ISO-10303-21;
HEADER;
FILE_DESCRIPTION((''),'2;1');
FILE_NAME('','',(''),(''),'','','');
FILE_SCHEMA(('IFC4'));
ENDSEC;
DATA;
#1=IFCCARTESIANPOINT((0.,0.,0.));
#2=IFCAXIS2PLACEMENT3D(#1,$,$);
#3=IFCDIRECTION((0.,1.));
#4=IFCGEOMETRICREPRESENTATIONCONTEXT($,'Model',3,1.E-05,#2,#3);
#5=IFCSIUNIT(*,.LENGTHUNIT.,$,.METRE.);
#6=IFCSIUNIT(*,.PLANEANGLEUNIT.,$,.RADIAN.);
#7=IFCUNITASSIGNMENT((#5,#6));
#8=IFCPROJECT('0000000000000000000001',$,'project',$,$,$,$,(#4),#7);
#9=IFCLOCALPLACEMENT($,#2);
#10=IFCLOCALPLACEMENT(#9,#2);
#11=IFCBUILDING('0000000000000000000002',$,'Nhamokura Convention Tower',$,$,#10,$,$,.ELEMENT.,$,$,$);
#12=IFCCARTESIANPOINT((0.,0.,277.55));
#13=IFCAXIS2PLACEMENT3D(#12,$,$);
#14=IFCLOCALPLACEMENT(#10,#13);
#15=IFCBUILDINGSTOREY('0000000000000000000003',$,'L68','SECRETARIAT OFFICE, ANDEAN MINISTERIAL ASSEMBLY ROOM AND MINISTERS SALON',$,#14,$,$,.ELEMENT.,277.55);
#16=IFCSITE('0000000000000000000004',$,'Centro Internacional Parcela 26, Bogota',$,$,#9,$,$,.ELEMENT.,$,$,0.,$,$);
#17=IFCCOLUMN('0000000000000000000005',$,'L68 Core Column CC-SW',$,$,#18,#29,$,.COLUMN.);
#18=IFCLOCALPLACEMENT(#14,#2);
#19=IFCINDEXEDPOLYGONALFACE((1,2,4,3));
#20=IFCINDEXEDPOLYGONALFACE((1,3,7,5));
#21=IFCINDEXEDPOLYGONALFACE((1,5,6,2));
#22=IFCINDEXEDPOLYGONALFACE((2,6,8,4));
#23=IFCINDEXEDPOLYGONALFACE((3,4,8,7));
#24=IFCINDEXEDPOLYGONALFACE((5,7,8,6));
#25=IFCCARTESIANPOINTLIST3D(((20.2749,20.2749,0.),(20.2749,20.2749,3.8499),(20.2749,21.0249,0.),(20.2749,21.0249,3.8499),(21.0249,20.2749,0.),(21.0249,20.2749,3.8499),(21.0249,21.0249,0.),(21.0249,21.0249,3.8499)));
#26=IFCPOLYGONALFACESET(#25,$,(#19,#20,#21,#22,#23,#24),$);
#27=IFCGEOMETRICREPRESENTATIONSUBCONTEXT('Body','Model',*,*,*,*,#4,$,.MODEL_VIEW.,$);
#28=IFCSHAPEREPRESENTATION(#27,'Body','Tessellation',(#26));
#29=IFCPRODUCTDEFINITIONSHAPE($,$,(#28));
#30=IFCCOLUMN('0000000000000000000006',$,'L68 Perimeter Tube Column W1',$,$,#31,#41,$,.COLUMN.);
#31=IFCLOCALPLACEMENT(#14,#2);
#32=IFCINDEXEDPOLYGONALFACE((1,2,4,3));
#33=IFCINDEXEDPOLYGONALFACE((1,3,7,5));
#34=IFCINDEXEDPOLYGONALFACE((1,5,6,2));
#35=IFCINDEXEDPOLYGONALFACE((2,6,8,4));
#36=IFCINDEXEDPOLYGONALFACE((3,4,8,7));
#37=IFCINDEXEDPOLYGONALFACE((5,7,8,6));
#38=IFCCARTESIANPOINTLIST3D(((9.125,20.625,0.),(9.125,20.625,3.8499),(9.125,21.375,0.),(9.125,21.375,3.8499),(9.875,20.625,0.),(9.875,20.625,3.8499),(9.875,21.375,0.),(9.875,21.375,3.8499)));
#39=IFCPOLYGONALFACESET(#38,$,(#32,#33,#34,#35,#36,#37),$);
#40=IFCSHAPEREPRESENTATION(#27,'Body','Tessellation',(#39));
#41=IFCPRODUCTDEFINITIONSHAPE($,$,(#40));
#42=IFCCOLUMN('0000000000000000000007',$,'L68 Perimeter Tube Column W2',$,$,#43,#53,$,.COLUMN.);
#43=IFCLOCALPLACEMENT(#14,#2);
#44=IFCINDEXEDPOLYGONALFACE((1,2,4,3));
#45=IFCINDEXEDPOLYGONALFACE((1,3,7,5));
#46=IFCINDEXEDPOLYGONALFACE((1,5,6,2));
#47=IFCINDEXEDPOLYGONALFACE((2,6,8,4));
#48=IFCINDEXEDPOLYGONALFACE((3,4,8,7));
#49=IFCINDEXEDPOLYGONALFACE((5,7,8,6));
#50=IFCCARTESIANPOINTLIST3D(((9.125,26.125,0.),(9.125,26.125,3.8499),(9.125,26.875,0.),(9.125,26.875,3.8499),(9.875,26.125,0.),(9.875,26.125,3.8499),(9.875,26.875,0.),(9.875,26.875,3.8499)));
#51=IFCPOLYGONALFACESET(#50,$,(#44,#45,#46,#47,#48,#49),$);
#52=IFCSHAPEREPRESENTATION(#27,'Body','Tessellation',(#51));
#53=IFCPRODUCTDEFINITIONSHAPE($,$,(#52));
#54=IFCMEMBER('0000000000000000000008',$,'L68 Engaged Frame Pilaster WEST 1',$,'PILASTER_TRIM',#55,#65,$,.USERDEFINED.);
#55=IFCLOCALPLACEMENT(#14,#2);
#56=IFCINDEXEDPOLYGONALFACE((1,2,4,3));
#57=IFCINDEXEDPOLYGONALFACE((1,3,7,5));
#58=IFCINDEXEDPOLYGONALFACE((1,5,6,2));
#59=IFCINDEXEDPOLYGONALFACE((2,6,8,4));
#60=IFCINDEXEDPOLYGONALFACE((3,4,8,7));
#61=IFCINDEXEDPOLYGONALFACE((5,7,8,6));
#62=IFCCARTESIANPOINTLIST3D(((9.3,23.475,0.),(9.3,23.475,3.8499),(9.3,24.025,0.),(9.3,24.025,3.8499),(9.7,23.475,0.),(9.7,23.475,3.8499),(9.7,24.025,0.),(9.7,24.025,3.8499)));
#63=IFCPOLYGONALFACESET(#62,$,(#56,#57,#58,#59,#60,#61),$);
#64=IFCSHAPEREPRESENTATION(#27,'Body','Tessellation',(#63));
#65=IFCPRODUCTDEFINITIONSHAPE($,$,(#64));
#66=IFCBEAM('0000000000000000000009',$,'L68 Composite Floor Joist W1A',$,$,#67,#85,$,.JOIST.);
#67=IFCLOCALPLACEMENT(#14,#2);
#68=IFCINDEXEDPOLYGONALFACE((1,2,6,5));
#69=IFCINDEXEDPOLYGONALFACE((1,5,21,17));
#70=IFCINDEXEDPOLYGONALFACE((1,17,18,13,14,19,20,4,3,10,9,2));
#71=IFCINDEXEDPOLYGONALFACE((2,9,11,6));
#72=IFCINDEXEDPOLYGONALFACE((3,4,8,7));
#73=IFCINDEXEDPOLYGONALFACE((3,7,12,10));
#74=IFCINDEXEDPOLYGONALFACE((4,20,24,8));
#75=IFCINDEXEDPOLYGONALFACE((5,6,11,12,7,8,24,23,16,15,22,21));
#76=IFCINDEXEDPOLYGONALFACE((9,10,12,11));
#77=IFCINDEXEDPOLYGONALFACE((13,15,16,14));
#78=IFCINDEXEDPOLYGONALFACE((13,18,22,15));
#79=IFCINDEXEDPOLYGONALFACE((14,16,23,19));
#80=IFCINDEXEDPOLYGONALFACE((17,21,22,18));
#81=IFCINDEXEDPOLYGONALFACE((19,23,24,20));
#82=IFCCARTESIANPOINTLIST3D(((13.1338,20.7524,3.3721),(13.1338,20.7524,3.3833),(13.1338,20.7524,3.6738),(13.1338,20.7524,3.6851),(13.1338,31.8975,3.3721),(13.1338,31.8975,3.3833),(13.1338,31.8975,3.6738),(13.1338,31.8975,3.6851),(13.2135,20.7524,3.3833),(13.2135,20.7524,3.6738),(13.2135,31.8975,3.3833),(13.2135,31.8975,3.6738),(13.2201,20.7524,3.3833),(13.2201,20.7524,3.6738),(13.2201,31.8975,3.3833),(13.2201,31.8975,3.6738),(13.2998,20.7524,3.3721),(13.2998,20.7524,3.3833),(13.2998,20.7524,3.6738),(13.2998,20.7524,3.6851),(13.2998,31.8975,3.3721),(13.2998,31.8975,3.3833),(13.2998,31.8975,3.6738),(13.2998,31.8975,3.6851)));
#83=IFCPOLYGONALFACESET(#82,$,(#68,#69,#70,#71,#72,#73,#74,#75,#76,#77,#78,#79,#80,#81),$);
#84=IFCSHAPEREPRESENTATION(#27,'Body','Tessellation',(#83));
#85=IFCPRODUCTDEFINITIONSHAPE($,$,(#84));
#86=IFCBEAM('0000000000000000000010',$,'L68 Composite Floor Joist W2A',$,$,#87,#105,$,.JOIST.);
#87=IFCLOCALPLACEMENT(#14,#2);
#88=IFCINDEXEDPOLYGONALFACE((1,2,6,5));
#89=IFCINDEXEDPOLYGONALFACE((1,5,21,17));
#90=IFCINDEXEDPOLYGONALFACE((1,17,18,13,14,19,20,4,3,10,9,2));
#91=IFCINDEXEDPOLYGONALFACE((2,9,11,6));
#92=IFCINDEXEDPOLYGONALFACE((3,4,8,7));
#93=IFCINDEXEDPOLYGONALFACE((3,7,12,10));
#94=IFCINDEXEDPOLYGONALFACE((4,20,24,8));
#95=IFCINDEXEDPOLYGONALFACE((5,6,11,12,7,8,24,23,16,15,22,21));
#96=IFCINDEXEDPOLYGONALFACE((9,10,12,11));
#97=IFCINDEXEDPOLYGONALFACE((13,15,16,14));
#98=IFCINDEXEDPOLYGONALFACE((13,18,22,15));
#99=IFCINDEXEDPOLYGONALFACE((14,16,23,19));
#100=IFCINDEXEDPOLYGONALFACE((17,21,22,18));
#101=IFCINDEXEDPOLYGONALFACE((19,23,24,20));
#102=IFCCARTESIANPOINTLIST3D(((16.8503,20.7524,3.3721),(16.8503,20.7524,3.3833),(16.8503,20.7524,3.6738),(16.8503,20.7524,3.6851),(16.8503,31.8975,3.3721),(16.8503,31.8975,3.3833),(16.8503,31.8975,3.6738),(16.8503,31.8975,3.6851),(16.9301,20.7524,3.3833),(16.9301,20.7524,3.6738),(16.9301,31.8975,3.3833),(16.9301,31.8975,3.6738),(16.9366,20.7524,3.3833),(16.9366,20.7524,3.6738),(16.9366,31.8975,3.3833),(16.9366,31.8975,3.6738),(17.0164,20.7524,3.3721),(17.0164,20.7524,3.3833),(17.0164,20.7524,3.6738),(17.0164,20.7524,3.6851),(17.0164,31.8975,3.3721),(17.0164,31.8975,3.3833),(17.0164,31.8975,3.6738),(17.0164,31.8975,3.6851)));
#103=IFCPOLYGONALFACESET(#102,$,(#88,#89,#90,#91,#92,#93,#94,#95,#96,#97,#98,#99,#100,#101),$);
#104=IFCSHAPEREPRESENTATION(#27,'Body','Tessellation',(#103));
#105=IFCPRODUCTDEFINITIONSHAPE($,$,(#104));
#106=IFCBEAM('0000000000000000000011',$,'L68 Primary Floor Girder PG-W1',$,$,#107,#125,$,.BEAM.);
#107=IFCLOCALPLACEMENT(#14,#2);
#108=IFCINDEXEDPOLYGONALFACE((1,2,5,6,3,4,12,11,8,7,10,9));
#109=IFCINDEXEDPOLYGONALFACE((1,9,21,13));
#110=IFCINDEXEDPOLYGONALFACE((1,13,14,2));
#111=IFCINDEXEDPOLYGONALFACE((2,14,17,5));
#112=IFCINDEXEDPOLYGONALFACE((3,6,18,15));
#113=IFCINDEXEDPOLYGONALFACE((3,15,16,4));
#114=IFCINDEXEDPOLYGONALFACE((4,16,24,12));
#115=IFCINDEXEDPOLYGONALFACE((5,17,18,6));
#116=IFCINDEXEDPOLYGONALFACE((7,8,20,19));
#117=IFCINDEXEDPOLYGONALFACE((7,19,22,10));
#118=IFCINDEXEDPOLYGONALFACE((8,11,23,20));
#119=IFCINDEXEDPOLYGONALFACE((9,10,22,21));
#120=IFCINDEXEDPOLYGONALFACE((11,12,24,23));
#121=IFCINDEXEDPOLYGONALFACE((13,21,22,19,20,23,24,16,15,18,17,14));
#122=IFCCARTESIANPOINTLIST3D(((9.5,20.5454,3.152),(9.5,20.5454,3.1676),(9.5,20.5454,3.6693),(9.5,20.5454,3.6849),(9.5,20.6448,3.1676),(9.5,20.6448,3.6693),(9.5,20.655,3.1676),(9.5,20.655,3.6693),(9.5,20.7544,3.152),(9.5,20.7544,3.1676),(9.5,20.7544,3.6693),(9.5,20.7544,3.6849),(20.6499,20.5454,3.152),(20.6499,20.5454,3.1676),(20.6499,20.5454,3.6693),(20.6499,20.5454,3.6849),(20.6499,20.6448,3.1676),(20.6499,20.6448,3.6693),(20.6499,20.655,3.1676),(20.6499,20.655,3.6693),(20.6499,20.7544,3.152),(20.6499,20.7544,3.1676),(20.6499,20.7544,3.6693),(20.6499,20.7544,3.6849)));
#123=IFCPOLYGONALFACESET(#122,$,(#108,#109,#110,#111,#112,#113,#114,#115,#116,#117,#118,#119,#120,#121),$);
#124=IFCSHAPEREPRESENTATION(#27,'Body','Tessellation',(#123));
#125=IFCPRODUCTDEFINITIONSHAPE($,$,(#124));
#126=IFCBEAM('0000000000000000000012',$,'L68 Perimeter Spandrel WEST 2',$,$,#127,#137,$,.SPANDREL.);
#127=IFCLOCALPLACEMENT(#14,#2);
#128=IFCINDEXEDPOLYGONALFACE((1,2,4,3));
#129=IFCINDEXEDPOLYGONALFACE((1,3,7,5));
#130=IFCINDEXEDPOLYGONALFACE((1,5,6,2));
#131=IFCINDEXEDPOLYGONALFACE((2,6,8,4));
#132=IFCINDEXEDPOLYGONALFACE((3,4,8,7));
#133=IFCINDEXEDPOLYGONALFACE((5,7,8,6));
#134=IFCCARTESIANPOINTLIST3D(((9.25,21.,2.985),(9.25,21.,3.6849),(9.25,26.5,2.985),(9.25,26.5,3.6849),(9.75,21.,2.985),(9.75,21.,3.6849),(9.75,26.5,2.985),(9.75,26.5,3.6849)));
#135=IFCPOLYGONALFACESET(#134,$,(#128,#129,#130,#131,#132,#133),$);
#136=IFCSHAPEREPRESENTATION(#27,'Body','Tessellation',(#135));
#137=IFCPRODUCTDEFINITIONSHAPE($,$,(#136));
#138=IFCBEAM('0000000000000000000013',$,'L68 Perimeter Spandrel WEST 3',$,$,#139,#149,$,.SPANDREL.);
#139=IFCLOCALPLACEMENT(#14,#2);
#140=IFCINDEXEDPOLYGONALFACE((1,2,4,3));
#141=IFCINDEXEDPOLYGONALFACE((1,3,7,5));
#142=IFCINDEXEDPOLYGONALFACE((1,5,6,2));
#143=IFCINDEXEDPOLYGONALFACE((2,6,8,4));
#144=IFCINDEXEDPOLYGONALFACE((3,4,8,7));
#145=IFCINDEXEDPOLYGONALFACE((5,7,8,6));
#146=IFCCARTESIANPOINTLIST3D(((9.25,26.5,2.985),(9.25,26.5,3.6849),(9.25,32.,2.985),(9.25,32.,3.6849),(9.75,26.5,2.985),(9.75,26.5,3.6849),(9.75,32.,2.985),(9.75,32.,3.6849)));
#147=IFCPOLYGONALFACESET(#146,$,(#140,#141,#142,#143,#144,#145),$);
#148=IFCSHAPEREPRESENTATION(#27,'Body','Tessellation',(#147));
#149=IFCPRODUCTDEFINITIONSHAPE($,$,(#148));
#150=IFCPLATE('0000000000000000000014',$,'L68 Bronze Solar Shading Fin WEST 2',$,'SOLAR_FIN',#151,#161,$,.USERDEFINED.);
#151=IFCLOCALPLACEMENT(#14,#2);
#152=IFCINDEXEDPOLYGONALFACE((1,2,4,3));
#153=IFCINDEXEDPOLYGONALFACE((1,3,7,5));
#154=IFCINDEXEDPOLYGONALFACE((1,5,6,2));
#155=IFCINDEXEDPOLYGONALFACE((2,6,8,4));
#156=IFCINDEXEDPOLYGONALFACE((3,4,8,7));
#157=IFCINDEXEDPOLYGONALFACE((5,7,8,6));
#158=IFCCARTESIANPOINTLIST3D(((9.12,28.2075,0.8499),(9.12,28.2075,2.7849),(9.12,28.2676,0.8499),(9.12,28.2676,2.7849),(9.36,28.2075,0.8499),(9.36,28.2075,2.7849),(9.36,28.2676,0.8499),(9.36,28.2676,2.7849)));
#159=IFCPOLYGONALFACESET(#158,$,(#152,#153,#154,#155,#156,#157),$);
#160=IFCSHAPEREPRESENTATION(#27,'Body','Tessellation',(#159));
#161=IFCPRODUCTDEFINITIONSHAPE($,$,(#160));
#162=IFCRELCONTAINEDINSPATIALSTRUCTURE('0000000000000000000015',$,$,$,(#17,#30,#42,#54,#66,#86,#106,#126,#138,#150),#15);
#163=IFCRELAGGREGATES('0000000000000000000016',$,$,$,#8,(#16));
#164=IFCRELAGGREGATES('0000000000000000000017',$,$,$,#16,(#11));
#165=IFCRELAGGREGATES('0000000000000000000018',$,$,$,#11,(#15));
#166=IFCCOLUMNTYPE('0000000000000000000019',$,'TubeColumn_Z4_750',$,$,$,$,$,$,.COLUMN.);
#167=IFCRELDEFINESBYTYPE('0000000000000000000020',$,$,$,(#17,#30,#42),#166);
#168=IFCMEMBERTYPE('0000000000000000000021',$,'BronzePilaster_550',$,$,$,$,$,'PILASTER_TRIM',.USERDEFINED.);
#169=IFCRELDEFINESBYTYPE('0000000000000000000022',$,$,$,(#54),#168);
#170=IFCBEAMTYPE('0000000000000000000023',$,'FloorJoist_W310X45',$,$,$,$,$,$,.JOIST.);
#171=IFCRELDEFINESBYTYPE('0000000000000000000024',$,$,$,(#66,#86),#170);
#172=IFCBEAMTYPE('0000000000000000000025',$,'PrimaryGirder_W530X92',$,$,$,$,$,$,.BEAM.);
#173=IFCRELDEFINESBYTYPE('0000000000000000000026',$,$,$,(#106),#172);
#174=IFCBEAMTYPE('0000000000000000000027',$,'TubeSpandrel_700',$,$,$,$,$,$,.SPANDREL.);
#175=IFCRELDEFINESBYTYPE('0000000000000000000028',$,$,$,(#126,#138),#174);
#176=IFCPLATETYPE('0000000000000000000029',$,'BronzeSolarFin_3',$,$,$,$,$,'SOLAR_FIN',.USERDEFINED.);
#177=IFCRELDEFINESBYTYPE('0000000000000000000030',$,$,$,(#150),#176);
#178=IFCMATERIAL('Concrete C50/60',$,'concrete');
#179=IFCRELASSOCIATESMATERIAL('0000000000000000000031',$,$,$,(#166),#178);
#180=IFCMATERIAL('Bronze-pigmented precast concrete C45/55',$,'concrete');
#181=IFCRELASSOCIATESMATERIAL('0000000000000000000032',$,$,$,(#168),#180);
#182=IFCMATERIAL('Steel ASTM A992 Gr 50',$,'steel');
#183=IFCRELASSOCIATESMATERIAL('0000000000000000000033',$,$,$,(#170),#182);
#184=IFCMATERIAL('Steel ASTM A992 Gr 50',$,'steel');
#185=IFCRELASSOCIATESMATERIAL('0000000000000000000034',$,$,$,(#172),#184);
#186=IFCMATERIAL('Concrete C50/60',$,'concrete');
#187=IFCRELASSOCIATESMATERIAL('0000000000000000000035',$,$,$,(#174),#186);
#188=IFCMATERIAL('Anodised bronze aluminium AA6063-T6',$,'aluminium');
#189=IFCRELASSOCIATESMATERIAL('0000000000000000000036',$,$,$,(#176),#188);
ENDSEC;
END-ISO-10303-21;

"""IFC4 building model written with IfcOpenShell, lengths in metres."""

from ifc_helpers import new_model, si_unit, direction, frame, origin, origin_2d, place, context, subcontext, project, spatial, rectangle, i_section, extrude, material, material_profile, profile_set, type_object, element, save


model = new_model("IFC4")

# Units and contexts
model_context = context("Model", 3, precision=1e-05, world=origin(), true_north=direction((0.0, 1.0)))
body_context = subcontext(model_context, "Body", "Model", "MODEL_VIEW")
ifc_project = project(units=[si_unit("LENGTHUNIT", "METRE"), si_unit("PLANEANGLEUNIT", "RADIAN")], contexts=[model_context])

# Site, building, storey
site_placement = place(None, origin())
site = spatial("IfcSite", under=ifc_project, at=site_placement, Name="Centro Internacional Parcela 26, Bogota", CompositionType="ELEMENT", RefElevation=0.0)
building_placement = place(site_placement, origin())
building = spatial("IfcBuilding", under=site, at=building_placement, Name="Nhamokura Convention Tower", CompositionType="ELEMENT")
storey_placement = place(building_placement, frame((0.0, 0.0, 277.55)))
storey = spatial("IfcBuildingStorey", under=building, at=storey_placement, Name="L68", Description="SECRETARIAT OFFICE, ANDEAN MINISTERIAL ASSEMBLY ROOM AND MINISTERS SALON", CompositionType="ELEMENT", Elevation=277.55)

# Columns
ifc_material_1 = material(Name="Concrete C50/60", Category="concrete")
ifc_material_profile_1 = material_profile(ifc_material_1, rectangle(XDim=0.75, YDim=0.75, at=origin_2d()))
ifc_profile_set_1 = profile_set([ifc_material_profile_1], Name="Concrete C50/60")
column_type = type_object("IfcColumnType", Name="TubeColumn_Z4_750", PredefinedType="COLUMN", material=ifc_profile_set_1)
for number, where, z_axis, x_axis, name in (
    (1, (20.6499, 20.6499, 0.0), (0.0, 0.0, 1.0), (1.0, 0.0, 0.0), "L68 Core Column CC-SW"),
    (2, (9.5, 21.0, 0.0), (0.0, 0.0, 1.0), (1.0, 0.0, 0.0), "L68 Perimeter Tube Column W1"),
    (3, (9.5, 26.5, 0.0), (0.0, 0.0, 1.0), (1.0, 0.0, 0.0), "L68 Perimeter Tube Column W2"),
):
    element("IfcColumn", number, at=place(storey_placement, frame(where, z_axis=z_axis, x_axis=x_axis)), inside=storey, type_object=column_type, Name=name, PredefinedType="COLUMN", context=body_context, shape_type="SweptSolid", body=[
        extrude(rectangle(XDim=0.75, YDim=0.75, at=origin_2d()), origin(), (0.0, 0.0, 1.0), 3.8499),
    ])

# Member
ifc_material_2 = material(Name="Bronze-pigmented precast concrete C45/55", Category="concrete")
ifc_material_profile_2 = material_profile(ifc_material_2, rectangle(XDim=0.3999, YDim=0.55, at=origin_2d()))
ifc_profile_set_2 = profile_set([ifc_material_profile_2], Name="Bronze-pigmented precast concrete C45/55")
member_type = type_object("IfcMemberType", Name="BronzePilaster_550", ElementType="PILASTER_TRIM", PredefinedType="USERDEFINED", material=ifc_profile_set_2)
member_placement = place(storey_placement, frame((9.5, 23.75, 0.0), z_axis=(0.0, 0.0, 1.0), x_axis=(1.0, 0.0, 0.0)))
element("IfcMember", 4, at=member_placement, inside=storey, type_object=member_type, Name="L68 Engaged Frame Pilaster WEST 1", ObjectType="PILASTER_TRIM", PredefinedType="USERDEFINED", context=body_context, shape_type="SweptSolid", body=[
    extrude(rectangle(XDim=0.3999, YDim=0.55, at=origin_2d()), origin(), (0.0, 0.0, 1.0), 3.8499),
])

# Beams
ifc_material_3 = material(Name="Steel ASTM A992 Gr 50", Category="steel")
ifc_material_profile_3 = material_profile(ifc_material_3, i_section(OverallWidth=0.166, OverallDepth=0.313, WebThickness=0.0066, FlangeThickness=0.0112, at=origin_2d()))
ifc_profile_set_3 = profile_set([ifc_material_profile_3], Name="Steel ASTM A992 Gr 50")
beam_type_1 = type_object("IfcBeamType", Name="FloorJoist_W310X45", PredefinedType="JOIST", material=ifc_profile_set_3)
for number, where, z_axis, x_axis, name in (
    (5, (13.2168, 20.7524, 3.5286), (0.0, 1.0, 0.0), (-1.0, 0.0, 0.0), "L68 Composite Floor Joist W1A"),
    (6, (16.9333, 20.7524, 3.5286), (0.0, 1.0, 0.0), (-1.0, 0.0, 0.0), "L68 Composite Floor Joist W2A"),
):
    element("IfcBeam", number, at=place(storey_placement, frame(where, z_axis=z_axis, x_axis=x_axis)), inside=storey, type_object=beam_type_1, Name=name, PredefinedType="JOIST", context=body_context, shape_type="SweptSolid", body=[
        extrude(i_section(OverallWidth=0.166, OverallDepth=0.313, WebThickness=0.0066, FlangeThickness=0.0112, at=origin_2d()), origin(), (0.0, 0.0, 1.0), 11.145),
    ])
ifc_material_4 = material(Name="Steel ASTM A992 Gr 50", Category="steel")
ifc_material_profile_4 = material_profile(ifc_material_4, i_section(OverallWidth=0.209, OverallDepth=0.533, WebThickness=0.0103, FlangeThickness=0.0156, at=origin_2d()))
ifc_profile_set_4 = profile_set([ifc_material_profile_4], Name="Steel ASTM A992 Gr 50")
beam_type_2 = type_object("IfcBeamType", Name="PrimaryGirder_W530X92", PredefinedType="BEAM", material=ifc_profile_set_4)
beam_placement = place(storey_placement, frame((9.5, 20.6499, 3.4185), z_axis=(1.0, 0.0, 0.0), x_axis=(0.0, 1.0, 0.0)))
element("IfcBeam", 7, at=beam_placement, inside=storey, type_object=beam_type_2, Name="L68 Primary Floor Girder PG-W1", PredefinedType="BEAM", context=body_context, shape_type="SweptSolid", body=[
    extrude(i_section(OverallWidth=0.209, OverallDepth=0.533, WebThickness=0.0103, FlangeThickness=0.0156, at=origin_2d()), origin(), (0.0, 0.0, 1.0), 11.1499),
])
ifc_material_5 = material(Name="Concrete C50/60", Category="concrete")
ifc_material_profile_5 = material_profile(ifc_material_5, rectangle(XDim=0.5, YDim=0.7, at=origin_2d()))
ifc_profile_set_5 = profile_set([ifc_material_profile_5], Name="Concrete C50/60")
beam_type_3 = type_object("IfcBeamType", Name="TubeSpandrel_700", PredefinedType="SPANDREL", material=ifc_profile_set_5)
for number, where, z_axis, x_axis, name in (
    (8, (9.5, 21.0, 3.335), (0.0, 1.0, 0.0), (-1.0, 0.0, 0.0), "L68 Perimeter Spandrel WEST 2"),
    (9, (9.5, 26.5, 3.335), (0.0, 1.0, 0.0), (-1.0, 0.0, 0.0), "L68 Perimeter Spandrel WEST 3"),
):
    element("IfcBeam", number, at=place(storey_placement, frame(where, z_axis=z_axis, x_axis=x_axis)), inside=storey, type_object=beam_type_3, Name=name, PredefinedType="SPANDREL", context=body_context, shape_type="SweptSolid", body=[
        extrude(rectangle(XDim=0.5, YDim=0.7, at=origin_2d()), origin(), (0.0, 0.0, 1.0), 5.5),
    ])

# Plate
ifc_material_6 = material(Name="Anodised bronze aluminium AA6063-T6", Category="aluminium")
plate_type = type_object("IfcPlateType", Name="BronzeSolarFin_3", ElementType="SOLAR_FIN", PredefinedType="USERDEFINED", material=ifc_material_6)
plate_placement = place(storey_placement, frame((9.24, 28.2375, 0.8499), z_axis=(0.0, 0.0, 1.0), x_axis=(1.0, 0.0, 0.0)))
element("IfcPlate", 10, at=plate_placement, inside=storey, type_object=plate_type, Name="L68 Bronze Solar Shading Fin WEST 2", ObjectType="SOLAR_FIN", PredefinedType="USERDEFINED", context=body_context, shape_type="SweptSolid", body=[
    extrude(rectangle(XDim=0.24, YDim=0.0601, at=origin_2d()), origin(), (0.0, 0.0, 1.0), 1.9351),
])

save(model, "model.ifc")
